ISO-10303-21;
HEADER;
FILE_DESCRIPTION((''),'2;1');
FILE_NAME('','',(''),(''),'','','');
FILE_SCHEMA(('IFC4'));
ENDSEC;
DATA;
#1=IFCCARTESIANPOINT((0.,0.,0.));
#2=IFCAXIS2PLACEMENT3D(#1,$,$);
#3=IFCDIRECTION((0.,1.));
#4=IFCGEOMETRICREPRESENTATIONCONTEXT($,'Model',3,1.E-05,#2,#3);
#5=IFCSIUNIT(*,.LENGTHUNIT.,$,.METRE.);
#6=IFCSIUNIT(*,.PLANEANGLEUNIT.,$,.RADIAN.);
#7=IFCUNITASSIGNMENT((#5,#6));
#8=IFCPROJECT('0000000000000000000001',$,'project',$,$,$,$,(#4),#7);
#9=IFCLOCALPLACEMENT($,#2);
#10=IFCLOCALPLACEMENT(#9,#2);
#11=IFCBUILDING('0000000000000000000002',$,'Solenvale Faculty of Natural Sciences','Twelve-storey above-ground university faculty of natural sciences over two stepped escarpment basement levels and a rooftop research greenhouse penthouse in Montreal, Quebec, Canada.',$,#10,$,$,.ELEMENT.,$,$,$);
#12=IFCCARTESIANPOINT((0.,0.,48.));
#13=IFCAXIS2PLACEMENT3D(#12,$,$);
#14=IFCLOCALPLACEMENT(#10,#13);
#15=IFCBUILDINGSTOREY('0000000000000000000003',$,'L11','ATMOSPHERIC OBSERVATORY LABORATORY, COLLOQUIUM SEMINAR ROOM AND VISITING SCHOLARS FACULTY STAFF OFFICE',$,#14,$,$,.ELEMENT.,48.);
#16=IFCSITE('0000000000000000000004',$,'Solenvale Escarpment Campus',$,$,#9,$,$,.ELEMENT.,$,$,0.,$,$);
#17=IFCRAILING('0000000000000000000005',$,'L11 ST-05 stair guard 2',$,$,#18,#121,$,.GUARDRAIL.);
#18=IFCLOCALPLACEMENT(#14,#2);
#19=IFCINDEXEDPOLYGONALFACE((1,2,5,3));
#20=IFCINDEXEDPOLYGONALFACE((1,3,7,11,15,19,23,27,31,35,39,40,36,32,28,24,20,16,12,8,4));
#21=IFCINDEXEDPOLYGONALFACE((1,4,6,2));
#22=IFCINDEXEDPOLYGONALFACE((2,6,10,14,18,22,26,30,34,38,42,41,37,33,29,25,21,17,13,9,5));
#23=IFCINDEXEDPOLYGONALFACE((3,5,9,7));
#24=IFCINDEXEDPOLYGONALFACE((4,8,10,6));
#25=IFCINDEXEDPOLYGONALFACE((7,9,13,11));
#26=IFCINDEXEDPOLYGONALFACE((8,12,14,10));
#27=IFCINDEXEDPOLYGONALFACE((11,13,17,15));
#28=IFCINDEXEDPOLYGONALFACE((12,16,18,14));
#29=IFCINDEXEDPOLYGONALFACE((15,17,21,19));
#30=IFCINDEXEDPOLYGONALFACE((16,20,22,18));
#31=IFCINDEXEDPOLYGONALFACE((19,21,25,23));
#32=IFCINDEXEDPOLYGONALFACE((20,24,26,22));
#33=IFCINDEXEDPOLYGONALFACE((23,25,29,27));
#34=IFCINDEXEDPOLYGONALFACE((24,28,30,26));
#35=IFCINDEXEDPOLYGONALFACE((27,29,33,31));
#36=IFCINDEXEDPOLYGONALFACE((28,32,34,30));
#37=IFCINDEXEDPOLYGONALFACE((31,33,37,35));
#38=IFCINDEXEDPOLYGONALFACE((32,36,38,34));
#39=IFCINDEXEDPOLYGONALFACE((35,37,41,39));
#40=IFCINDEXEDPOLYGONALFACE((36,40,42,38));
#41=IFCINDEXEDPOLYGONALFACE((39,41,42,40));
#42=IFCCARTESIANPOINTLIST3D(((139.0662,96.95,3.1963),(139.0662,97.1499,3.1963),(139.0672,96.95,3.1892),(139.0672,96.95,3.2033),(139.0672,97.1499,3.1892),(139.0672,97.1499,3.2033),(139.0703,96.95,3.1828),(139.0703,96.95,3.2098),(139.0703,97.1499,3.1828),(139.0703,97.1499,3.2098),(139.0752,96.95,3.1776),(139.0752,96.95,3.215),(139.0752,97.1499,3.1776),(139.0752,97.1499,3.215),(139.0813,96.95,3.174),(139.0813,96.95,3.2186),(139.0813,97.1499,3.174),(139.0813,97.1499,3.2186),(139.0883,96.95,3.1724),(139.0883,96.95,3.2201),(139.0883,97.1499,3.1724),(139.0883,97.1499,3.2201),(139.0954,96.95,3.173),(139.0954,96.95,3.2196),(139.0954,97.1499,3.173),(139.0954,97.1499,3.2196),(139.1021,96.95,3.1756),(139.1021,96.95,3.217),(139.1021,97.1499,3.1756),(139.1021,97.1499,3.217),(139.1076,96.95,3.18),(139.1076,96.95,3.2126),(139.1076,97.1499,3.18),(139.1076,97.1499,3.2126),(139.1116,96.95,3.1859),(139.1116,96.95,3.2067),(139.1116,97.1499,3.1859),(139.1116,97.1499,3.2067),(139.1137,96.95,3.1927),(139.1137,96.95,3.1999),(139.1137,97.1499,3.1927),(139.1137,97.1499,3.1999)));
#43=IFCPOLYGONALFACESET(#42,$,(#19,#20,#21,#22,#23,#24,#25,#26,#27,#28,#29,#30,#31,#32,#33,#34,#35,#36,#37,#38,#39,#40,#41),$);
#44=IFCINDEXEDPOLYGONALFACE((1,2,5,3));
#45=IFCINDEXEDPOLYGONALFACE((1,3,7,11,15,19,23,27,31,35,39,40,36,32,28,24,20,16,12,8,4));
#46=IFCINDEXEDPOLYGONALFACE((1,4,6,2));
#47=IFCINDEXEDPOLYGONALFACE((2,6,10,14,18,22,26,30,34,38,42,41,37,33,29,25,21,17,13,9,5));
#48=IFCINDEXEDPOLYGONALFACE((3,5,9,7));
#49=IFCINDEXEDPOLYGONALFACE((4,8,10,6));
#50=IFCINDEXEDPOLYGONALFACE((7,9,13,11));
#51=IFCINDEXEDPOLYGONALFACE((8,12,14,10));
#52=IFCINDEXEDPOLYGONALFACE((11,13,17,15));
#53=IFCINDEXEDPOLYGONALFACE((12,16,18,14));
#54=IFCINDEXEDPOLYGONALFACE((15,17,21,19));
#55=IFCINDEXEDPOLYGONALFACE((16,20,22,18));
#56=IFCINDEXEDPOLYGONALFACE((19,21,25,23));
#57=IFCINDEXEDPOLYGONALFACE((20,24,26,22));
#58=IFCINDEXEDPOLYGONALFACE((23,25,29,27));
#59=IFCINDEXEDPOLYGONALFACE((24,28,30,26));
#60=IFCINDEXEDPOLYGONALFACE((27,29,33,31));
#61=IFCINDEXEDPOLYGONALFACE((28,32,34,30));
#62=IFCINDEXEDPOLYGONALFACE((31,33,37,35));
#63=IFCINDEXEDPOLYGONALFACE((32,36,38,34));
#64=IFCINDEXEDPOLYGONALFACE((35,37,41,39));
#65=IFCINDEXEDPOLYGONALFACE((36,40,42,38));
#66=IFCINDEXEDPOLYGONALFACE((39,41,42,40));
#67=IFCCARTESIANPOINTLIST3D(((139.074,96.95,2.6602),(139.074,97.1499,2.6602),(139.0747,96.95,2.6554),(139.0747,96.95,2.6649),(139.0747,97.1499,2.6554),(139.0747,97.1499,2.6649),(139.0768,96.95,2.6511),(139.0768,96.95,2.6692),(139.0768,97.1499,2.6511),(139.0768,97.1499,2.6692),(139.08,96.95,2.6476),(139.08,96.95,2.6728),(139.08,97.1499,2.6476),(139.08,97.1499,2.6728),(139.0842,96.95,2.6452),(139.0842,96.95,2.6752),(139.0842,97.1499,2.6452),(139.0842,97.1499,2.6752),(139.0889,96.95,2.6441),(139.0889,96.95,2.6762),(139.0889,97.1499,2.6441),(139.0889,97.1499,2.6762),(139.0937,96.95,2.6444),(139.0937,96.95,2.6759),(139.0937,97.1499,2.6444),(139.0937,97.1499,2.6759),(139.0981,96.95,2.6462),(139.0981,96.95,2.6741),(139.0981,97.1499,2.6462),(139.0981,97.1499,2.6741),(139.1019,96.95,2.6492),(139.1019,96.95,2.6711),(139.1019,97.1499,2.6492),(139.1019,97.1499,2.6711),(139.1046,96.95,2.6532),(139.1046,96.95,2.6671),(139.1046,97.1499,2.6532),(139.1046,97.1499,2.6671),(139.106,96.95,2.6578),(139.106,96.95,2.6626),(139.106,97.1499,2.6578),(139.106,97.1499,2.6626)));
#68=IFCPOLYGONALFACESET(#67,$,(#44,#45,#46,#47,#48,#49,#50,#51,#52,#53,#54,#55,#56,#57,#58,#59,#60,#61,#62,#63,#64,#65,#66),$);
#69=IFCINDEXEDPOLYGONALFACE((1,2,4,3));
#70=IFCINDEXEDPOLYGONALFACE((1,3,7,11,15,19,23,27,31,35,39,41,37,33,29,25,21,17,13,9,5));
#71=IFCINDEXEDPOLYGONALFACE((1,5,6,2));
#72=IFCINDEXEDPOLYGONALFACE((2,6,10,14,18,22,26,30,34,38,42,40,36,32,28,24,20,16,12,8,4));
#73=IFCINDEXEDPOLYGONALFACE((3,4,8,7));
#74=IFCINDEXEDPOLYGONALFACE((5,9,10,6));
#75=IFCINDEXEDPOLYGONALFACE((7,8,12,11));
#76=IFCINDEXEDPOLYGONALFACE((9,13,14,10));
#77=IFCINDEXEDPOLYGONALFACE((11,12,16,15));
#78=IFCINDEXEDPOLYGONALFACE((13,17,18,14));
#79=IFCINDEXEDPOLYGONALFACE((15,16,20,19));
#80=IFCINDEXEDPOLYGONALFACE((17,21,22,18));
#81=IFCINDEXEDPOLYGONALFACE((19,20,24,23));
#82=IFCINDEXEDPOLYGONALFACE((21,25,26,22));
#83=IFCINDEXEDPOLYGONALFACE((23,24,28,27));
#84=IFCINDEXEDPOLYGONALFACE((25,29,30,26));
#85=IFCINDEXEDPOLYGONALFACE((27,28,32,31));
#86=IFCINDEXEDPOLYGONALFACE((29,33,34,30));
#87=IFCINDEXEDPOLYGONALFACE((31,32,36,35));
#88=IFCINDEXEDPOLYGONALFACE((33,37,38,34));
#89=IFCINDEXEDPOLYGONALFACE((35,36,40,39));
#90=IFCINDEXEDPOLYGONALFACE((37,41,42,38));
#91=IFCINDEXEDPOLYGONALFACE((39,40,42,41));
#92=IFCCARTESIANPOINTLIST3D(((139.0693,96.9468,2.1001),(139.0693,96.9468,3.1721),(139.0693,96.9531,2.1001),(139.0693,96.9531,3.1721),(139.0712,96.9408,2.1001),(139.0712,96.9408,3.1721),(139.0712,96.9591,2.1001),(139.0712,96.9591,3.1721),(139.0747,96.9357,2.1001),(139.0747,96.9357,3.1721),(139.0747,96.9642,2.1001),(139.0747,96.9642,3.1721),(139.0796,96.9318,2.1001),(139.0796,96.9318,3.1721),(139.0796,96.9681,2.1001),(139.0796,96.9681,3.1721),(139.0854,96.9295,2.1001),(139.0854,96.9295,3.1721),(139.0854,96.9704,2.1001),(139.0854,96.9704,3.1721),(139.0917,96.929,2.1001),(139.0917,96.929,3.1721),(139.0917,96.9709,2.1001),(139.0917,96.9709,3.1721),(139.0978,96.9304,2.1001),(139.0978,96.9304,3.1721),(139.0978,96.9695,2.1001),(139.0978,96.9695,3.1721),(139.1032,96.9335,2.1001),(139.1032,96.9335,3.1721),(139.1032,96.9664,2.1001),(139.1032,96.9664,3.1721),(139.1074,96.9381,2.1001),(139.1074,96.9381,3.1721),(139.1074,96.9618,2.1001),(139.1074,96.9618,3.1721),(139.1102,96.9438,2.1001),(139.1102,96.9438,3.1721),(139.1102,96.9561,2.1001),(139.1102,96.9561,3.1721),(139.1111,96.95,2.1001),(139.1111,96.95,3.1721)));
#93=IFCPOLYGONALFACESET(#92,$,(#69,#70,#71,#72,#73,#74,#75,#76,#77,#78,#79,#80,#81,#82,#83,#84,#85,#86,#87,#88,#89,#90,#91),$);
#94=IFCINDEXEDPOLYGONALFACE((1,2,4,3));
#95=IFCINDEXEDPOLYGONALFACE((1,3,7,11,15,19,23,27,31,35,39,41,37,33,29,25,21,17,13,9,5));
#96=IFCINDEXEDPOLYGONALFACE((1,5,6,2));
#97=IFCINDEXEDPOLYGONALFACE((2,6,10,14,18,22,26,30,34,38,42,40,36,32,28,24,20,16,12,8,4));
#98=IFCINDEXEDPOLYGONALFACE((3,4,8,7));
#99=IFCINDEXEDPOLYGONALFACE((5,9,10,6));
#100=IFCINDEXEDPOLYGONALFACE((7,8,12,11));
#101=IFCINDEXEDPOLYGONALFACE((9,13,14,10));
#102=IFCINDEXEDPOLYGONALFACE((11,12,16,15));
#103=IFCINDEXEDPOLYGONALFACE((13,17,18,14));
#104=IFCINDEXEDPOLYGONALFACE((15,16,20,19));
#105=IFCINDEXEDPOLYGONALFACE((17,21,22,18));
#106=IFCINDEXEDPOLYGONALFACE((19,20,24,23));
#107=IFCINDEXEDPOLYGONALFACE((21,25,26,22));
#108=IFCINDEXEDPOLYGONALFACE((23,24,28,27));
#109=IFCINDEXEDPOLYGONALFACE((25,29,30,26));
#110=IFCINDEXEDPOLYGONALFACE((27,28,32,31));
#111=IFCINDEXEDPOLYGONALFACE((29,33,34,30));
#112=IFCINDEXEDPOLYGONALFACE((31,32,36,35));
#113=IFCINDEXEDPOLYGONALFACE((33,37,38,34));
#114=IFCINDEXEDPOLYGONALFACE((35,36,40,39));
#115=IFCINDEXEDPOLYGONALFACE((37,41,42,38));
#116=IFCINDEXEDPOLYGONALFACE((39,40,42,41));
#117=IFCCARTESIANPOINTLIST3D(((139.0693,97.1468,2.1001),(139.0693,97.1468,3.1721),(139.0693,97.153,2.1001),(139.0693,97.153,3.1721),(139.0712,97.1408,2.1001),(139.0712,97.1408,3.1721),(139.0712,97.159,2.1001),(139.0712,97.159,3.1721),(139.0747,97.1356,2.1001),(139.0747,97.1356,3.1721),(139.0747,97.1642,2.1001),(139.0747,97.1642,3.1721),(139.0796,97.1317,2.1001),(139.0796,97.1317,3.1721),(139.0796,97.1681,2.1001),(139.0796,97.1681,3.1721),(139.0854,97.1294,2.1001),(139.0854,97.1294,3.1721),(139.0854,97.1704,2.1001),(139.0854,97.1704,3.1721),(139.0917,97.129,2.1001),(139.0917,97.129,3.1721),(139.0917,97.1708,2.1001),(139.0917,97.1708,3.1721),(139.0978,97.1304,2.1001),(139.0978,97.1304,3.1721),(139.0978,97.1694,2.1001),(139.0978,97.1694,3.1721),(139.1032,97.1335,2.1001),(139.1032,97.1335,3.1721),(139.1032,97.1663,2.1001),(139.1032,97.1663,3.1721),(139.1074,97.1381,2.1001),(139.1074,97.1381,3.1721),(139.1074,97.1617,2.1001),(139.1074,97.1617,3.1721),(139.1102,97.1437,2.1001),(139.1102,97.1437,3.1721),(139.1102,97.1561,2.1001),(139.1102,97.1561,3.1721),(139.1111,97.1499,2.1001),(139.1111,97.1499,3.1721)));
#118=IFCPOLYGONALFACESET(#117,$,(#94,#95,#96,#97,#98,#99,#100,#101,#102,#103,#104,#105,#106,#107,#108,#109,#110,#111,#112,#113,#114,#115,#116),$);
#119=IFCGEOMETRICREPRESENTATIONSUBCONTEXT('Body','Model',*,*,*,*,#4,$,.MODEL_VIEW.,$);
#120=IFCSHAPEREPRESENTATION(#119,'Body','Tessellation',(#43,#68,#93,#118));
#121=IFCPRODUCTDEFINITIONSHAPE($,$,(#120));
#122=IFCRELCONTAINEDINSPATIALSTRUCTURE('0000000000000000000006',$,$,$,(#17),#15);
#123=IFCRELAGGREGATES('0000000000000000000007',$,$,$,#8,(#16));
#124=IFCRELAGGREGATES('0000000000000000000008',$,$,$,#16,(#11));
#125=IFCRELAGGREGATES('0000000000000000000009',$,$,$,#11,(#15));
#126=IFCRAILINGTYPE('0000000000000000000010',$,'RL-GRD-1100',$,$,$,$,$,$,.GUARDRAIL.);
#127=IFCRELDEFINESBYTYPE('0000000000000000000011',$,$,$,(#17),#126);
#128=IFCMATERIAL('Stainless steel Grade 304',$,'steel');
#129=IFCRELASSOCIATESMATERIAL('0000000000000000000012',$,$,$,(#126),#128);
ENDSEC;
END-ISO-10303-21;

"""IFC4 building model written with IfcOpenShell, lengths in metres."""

from ifc_helpers import new_model, si_unit, direction, frame, origin, origin_2d, place, context, subcontext, project, spatial, circle, extrude, material, type_object, element, save


model = new_model("IFC4")

# Units and contexts
model_context = context("Model", 3, precision=1e-05, world=origin(), true_north=direction((0.0, 1.0)))
body_context = subcontext(model_context, "Body", "Model", "MODEL_VIEW")
ifc_project = project(units=[si_unit("LENGTHUNIT", "METRE"), si_unit("PLANEANGLEUNIT", "RADIAN")], contexts=[model_context])

# Site, building, storey
site_placement = place(None, origin())
site = spatial("IfcSite", under=ifc_project, at=site_placement, Name="Solenvale Escarpment Campus", CompositionType="ELEMENT", RefElevation=0.0)
building_placement = place(site_placement, origin())
building = spatial("IfcBuilding", under=site, at=building_placement, Name="Solenvale Faculty of Natural Sciences", Description="Twelve-storey above-ground university faculty of natural sciences over two stepped escarpment basement levels and a rooftop research greenhouse penthouse in Montreal, Quebec, Canada.", CompositionType="ELEMENT")
storey_placement = place(building_placement, frame((0.0, 0.0, 48.0)))
storey = spatial("IfcBuildingStorey", under=building, at=storey_placement, Name="L11", Description="ATMOSPHERIC OBSERVATORY LABORATORY, COLLOQUIUM SEMINAR ROOM AND VISITING SCHOLARS FACULTY STAFF OFFICE", CompositionType="ELEMENT", Elevation=48.0)

# Railing
ifc_material_1 = material(Name="Stainless steel Grade 304", Category="steel")
railing_type_1 = type_object("IfcRailingType", Name="RL-GRD-1100", PredefinedType="GUARDRAIL", material=ifc_material_1)
railing_1_placement = place(storey_placement, frame((139.0901, 96.95, 2.1001)))
element("IfcRailing", 1, at=railing_1_placement, inside=storey, type_object=railing_type_1, Name="L11 ST-05 stair guard 2", PredefinedType="GUARDRAIL", context=body_context, shape_type="SweptSolid", body=[
    extrude(circle(Radius=0.0239, at=origin_2d()), frame((0.0, 0.0, 1.0962), z_axis=(0.0, 1.0, 0.0), x_axis=(-1.0, 0.0, 0.0)), (0.0, 0.0, 1.0), 0.2),
    extrude(circle(Radius=0.0161, at=origin_2d()), frame((0.0, 0.0, 0.5601), z_axis=(0.0, 1.0, 0.0), x_axis=(-1.0, 0.0, 0.0)), (0.0, 0.0, 1.0), 0.2),
    extrude(circle(Radius=0.021, at=origin_2d()), origin(), (0.0, 0.0, 1.0), 1.072),
    extrude(circle(Radius=0.021, at=origin_2d()), frame((0.0, 0.2, 0.0)), (0.0, 0.0, 1.0), 1.072),
])

save(model, "model.ifc")
